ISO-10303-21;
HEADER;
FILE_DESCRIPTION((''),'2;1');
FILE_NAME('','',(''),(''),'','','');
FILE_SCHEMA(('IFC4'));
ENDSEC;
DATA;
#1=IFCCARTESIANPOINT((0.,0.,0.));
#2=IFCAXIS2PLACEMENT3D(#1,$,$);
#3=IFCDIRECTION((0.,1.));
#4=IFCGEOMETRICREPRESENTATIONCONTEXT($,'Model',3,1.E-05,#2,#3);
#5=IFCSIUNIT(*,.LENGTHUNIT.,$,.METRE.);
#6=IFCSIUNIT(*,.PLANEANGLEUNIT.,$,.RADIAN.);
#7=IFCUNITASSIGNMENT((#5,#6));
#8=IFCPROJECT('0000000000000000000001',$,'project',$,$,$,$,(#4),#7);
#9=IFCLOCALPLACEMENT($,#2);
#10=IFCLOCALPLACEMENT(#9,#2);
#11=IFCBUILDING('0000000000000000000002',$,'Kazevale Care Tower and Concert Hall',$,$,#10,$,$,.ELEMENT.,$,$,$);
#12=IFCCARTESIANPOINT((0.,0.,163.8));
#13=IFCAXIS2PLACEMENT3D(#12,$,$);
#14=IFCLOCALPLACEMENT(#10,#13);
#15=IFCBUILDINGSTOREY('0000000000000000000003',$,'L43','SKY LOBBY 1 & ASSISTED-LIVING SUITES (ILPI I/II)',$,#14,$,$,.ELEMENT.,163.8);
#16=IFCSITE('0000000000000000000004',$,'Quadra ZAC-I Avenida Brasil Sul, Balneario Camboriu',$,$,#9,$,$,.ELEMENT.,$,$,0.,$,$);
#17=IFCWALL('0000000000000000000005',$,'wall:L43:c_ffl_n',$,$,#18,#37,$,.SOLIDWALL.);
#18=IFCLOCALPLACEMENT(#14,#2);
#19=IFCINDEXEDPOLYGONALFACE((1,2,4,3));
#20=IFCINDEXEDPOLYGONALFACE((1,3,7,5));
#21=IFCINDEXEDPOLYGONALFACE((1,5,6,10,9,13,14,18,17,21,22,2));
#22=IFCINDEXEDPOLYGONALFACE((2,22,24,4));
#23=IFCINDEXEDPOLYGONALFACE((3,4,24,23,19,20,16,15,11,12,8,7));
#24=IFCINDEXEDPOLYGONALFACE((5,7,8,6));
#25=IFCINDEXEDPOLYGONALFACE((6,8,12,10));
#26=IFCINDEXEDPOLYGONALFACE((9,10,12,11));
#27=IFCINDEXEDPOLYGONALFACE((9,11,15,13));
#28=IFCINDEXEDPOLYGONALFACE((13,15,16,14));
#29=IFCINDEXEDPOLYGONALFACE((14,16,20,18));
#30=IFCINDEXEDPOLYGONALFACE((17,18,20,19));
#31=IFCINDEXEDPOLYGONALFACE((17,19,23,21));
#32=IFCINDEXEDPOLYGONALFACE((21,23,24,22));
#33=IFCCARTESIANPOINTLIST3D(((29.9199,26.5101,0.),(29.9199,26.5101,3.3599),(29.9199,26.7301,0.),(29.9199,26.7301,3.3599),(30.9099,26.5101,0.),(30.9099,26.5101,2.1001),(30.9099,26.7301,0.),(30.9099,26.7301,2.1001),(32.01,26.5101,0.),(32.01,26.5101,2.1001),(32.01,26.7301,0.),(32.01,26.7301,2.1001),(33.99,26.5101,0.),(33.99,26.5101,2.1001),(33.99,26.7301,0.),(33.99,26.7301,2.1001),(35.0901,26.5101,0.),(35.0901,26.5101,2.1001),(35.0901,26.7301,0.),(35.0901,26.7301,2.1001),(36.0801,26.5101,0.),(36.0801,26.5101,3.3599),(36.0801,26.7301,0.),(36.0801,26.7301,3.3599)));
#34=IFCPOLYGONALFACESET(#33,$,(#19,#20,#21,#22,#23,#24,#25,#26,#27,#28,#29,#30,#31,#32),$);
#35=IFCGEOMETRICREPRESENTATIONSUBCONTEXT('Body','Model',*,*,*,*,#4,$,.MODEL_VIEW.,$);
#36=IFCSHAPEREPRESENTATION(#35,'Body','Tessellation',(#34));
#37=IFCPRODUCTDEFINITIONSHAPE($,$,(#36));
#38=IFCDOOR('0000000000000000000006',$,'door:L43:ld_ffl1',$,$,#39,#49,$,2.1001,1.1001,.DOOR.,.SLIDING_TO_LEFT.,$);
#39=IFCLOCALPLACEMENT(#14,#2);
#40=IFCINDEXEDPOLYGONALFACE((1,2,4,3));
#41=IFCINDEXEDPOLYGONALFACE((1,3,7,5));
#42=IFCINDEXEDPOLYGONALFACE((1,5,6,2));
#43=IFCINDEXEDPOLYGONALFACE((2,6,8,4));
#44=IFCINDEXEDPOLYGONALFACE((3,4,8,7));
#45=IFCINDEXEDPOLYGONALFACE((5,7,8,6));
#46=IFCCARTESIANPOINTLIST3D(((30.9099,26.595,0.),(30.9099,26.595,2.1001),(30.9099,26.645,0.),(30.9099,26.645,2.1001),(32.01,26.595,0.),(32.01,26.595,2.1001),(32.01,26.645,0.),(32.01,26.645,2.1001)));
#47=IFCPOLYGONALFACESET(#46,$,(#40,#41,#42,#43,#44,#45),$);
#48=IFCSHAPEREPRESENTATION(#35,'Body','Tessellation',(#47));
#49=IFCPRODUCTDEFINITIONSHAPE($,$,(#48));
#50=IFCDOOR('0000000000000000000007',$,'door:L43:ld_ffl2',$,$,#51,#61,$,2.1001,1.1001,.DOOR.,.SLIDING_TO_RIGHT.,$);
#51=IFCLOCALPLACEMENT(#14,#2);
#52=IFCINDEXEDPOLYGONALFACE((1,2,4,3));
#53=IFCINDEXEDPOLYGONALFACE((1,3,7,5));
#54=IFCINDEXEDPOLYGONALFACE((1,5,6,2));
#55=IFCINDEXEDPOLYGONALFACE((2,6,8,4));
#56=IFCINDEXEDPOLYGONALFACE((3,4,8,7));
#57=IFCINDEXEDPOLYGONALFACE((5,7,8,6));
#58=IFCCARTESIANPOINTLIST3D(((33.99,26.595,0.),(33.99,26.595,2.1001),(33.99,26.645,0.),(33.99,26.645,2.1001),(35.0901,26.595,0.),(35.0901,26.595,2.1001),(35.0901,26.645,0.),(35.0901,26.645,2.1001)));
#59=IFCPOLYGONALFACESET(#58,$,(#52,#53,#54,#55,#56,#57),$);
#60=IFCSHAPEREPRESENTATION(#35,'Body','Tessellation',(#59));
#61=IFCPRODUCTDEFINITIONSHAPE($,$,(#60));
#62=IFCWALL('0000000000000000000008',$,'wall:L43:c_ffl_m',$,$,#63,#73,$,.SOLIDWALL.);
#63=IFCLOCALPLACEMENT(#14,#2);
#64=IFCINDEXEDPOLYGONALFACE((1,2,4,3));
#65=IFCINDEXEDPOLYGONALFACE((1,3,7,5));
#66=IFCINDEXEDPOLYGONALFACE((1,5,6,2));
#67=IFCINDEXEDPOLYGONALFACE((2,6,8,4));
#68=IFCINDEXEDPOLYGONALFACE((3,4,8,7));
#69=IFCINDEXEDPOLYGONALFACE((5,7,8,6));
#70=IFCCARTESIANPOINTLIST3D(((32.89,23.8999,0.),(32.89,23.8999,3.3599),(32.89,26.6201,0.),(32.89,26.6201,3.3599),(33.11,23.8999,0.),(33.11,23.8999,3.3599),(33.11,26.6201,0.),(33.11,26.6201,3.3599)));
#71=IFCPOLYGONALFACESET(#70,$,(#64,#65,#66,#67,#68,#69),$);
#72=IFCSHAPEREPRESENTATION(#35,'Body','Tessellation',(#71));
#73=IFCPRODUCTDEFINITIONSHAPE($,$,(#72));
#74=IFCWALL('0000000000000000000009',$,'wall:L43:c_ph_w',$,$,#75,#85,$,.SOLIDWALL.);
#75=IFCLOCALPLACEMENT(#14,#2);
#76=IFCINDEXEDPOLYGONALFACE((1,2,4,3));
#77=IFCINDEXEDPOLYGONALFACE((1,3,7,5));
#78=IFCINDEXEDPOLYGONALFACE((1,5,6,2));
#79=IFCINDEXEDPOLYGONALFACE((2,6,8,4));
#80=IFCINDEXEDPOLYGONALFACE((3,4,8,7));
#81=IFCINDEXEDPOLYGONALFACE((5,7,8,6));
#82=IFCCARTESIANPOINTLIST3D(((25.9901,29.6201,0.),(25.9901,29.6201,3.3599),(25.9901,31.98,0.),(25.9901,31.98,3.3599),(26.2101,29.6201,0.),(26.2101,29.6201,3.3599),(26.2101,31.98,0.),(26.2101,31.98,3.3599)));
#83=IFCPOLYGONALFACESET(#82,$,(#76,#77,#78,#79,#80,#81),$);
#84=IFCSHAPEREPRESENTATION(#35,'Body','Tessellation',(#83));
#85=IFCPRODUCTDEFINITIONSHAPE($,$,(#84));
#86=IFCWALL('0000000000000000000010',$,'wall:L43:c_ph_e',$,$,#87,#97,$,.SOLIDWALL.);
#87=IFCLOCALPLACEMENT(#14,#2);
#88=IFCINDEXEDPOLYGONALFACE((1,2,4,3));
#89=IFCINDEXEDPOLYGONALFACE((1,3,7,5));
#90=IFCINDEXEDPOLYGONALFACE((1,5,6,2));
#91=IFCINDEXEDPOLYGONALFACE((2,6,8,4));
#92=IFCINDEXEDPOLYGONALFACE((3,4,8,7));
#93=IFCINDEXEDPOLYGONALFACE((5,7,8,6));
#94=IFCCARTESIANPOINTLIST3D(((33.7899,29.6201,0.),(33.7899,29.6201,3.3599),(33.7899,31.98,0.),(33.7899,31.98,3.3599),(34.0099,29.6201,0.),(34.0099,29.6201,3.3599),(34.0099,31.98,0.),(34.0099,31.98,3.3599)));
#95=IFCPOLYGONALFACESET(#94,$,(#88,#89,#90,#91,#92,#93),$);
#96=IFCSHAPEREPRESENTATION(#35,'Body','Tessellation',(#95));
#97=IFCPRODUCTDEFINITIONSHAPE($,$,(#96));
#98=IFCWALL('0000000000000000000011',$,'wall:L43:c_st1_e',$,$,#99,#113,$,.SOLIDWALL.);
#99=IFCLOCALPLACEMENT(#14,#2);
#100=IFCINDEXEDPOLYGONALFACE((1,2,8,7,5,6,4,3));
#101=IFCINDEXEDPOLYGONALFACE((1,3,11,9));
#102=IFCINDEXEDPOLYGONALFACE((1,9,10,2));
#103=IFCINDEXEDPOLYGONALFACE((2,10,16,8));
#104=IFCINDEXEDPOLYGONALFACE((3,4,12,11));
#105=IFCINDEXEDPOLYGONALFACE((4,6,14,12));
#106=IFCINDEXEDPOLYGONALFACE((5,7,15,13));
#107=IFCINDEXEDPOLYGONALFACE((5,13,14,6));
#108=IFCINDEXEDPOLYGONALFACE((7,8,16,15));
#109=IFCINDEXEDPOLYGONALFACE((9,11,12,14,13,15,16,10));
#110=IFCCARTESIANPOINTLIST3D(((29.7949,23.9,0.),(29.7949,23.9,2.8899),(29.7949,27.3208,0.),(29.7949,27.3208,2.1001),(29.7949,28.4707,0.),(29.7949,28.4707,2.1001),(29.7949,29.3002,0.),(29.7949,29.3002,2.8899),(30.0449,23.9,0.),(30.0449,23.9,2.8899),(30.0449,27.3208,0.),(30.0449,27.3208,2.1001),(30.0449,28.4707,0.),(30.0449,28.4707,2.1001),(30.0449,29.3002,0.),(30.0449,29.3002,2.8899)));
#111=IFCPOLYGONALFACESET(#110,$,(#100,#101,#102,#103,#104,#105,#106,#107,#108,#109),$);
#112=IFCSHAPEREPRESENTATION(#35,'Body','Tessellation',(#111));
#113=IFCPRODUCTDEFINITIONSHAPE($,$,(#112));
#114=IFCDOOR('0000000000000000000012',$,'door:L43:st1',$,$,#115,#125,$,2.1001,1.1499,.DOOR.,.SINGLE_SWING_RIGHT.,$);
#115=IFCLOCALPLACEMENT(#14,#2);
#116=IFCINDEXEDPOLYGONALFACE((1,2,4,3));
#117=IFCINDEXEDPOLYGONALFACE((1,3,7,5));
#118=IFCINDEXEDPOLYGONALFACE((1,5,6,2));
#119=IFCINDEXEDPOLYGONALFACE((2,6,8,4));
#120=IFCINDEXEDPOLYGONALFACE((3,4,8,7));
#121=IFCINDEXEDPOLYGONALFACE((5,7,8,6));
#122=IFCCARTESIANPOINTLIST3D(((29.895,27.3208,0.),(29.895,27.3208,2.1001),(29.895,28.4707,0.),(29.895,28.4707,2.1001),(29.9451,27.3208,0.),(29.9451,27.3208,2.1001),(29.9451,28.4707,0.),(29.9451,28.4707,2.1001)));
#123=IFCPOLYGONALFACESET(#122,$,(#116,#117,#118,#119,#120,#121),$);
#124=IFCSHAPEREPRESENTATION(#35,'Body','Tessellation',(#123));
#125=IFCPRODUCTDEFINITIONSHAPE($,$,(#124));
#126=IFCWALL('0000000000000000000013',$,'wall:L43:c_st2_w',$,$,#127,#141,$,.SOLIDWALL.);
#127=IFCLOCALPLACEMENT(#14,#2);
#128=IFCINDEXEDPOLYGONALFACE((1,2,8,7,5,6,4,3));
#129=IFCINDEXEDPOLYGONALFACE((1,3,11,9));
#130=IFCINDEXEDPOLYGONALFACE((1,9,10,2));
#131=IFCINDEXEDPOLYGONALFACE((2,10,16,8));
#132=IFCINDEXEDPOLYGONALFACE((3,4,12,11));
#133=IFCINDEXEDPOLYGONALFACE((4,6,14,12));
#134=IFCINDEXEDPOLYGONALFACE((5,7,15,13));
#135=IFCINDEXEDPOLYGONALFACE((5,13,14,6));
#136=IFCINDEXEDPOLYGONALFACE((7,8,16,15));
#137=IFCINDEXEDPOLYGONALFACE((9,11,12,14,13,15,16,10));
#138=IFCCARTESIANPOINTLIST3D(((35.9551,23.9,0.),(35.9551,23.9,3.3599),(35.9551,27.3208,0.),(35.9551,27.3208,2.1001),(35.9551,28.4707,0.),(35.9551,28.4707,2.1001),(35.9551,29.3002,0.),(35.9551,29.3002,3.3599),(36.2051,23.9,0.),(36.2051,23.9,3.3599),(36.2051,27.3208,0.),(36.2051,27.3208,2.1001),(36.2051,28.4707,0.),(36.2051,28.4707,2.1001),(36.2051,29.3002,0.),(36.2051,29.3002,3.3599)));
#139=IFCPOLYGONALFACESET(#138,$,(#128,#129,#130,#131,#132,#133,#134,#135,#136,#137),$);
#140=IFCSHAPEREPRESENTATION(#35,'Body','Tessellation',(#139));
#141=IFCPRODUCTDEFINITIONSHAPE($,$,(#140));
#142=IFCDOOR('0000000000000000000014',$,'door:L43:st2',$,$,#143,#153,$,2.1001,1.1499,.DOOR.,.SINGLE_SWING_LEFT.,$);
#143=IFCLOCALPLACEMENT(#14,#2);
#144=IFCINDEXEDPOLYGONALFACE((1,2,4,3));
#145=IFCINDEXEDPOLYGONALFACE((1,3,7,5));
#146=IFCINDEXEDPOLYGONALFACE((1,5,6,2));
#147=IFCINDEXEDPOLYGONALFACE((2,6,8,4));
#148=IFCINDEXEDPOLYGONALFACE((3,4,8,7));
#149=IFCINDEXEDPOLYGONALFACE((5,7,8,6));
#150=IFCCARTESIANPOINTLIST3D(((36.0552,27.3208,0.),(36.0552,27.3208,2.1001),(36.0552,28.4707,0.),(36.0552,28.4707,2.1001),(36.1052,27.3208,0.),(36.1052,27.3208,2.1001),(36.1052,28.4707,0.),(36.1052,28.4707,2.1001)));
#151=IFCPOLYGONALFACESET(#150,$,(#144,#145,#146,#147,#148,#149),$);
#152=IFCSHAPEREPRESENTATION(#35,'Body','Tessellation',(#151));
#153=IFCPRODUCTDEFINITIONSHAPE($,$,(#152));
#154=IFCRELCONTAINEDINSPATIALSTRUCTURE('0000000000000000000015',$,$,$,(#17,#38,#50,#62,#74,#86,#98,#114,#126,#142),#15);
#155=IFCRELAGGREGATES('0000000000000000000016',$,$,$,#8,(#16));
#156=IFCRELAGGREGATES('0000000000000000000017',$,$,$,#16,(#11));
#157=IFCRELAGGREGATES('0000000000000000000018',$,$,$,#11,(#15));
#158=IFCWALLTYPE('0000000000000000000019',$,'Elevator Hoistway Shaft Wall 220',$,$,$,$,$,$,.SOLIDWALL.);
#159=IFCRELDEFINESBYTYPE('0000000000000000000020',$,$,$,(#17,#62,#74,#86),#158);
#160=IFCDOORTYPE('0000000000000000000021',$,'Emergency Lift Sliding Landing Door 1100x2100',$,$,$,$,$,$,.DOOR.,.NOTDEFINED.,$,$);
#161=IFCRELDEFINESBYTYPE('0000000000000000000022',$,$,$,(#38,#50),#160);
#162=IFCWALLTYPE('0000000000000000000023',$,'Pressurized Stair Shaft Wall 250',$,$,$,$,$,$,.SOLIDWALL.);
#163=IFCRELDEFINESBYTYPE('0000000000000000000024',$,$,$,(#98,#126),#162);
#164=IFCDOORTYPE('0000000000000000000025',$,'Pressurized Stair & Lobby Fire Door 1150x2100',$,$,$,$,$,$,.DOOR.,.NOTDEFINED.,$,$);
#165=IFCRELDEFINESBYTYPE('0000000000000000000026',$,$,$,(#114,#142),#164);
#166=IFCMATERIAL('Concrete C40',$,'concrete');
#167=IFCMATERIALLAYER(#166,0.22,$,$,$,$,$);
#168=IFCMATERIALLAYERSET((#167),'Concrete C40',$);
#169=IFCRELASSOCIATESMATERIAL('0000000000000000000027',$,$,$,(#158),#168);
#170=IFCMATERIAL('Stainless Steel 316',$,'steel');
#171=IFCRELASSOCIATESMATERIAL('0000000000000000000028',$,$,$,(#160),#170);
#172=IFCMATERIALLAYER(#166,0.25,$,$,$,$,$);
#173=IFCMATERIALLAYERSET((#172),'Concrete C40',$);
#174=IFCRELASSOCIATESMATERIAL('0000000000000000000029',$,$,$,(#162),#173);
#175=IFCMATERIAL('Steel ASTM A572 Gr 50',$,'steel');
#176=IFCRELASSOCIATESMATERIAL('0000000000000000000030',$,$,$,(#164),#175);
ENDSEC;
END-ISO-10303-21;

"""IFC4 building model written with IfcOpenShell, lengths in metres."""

from ifc_helpers import new_model, si_unit, direction, frame, frame_2d, origin, place, context, subcontext, project, spatial, rectangle, extrude, material, layer, layer_set, type_object, element, fill, save


model = new_model("IFC4")

# Units and contexts
model_context = context("Model", 3, precision=1e-05, world=origin(), true_north=direction((0.0, 1.0)))
body_context = subcontext(model_context, "Body", "Model", "MODEL_VIEW")
ifc_project = project(units=[si_unit("LENGTHUNIT", "METRE"), si_unit("PLANEANGLEUNIT", "RADIAN")], contexts=[model_context])

# Site, building, storey
site_placement = place(None, origin())
site = spatial("IfcSite", under=ifc_project, at=site_placement, Name="Quadra ZAC-I Avenida Brasil Sul, Balneario Camboriu", CompositionType="ELEMENT", RefElevation=0.0)
building_placement = place(site_placement, origin())
building = spatial("IfcBuilding", under=site, at=building_placement, Name="Kazevale Care Tower and Concert Hall", CompositionType="ELEMENT")
storey_placement = place(building_placement, frame((0.0, 0.0, 163.8)))
storey = spatial("IfcBuildingStorey", under=building, at=storey_placement, Name="L43", Description="SKY LOBBY 1 & ASSISTED-LIVING SUITES (ILPI I/II)", CompositionType="ELEMENT", Elevation=163.8)

# Shared definitions
ifc_material_1 = material(Name="Steel ASTM A572 Gr 50", Category="steel")

# Wall, openings, doors
ifc_material_2 = material(Name="Concrete C40", Category="concrete")
ifc_layer_1 = layer(ifc_material_2, 0.22)
ifc_layer_set_1 = layer_set([ifc_layer_1], Name="Concrete C40")
wall_type_1 = type_object("IfcWallType", Name="Elevator Hoistway Shaft Wall 220", PredefinedType="SOLIDWALL", material=ifc_layer_set_1)
wall_1_placement = place(storey_placement, frame((29.9199, 26.6201, 0.0), z_axis=(0.0, 0.0, 1.0), x_axis=(1.0, 0.0, 0.0)))
wall_1 = element("IfcWall", 1, at=wall_1_placement, inside=storey, type_object=wall_type_1, Name="wall:L43:c_ffl_n", PredefinedType="SOLIDWALL", context=body_context, shape_type="SweptSolid", body=[
    extrude(rectangle(XDim=6.1602, YDim=0.22, at=frame_2d((3.0801, 0.0))), origin(), (0.0, 0.0, 1.0), 3.3599),
])
opening_1_placement = place(wall_1_placement, frame((0.99, 0.0, 0.0)))
opening_1 = element("IfcOpeningElement", 2, at=opening_1_placement, cuts=wall_1, PredefinedType="OPENING", context=body_context, shape_type="SweptSolid", body=[
    extrude(rectangle(XDim=1.1001, YDim=2.1001, at=frame_2d((0.55, 1.05))), frame((0.0, 0.1199, 0.0), z_axis=(0.0, -1.0, 0.0), x_axis=(1.0, 0.0, 0.0)), (0.0, 0.0, 1.0), 0.24),
])
opening_2_placement = place(wall_1_placement, frame((4.0701, 0.0, 0.0)))
opening_2 = element("IfcOpeningElement", 3, at=opening_2_placement, cuts=wall_1, PredefinedType="OPENING", context=body_context, shape_type="SweptSolid", body=[
    extrude(rectangle(XDim=1.1001, YDim=2.1001, at=frame_2d((0.55, 1.05))), frame((0.0, 0.1199, 0.0), z_axis=(0.0, -1.0, 0.0), x_axis=(1.0, 0.0, 0.0)), (0.0, 0.0, 1.0), 0.24),
])
ifc_material_3 = material(Name="Stainless Steel 316", Category="steel")
door_type_1 = type_object("IfcDoorType", Name="Emergency Lift Sliding Landing Door 1100x2100", OperationType="NOTDEFINED", PredefinedType="DOOR", material=ifc_material_3)
door_1_placement = place(opening_1_placement, origin())
door_1 = element("IfcDoor", 4, at=door_1_placement, inside=storey, type_object=door_type_1, Name="door:L43:ld_ffl1", OperationType="SLIDING_TO_LEFT", OverallHeight=2.1001, OverallWidth=1.1001, PredefinedType="DOOR", context=body_context, shape_type="SweptSolid", body=[
    extrude(rectangle(XDim=1.1001, YDim=2.1001, at=frame_2d((0.55, 1.05))), frame((0.0, 0.0249, 0.0), z_axis=(0.0, -1.0, 0.0), x_axis=(1.0, 0.0, 0.0)), (0.0, 0.0, 1.0), 0.05),
])
fill(opening_1, door_1)
door_2_placement = place(opening_2_placement, origin())
door_2 = element("IfcDoor", 5, at=door_2_placement, inside=storey, type_object=door_type_1, Name="door:L43:ld_ffl2", OperationType="SLIDING_TO_RIGHT", OverallHeight=2.1001, OverallWidth=1.1001, PredefinedType="DOOR", context=body_context, shape_type="SweptSolid", body=[
    extrude(rectangle(XDim=1.1001, YDim=2.1001, at=frame_2d((0.55, 1.05))), frame((0.0, 0.0249, 0.0), z_axis=(0.0, -1.0, 0.0), x_axis=(1.0, 0.0, 0.0)), (0.0, 0.0, 1.0), 0.05),
])
fill(opening_2, door_2)

# Walls
wall_2_placement = place(storey_placement, frame((33.0, 23.8999, 0.0), z_axis=(0.0, 0.0, 1.0), x_axis=(0.0, 1.0, 0.0)))
element("IfcWall", 6, at=wall_2_placement, inside=storey, type_object=wall_type_1, Name="wall:L43:c_ffl_m", PredefinedType="SOLIDWALL", context=body_context, shape_type="SweptSolid", body=[
    extrude(rectangle(XDim=2.7202, YDim=0.22, at=frame_2d((1.3601, 0.0))), origin(), (0.0, 0.0, 1.0), 3.3599),
])
for number, where, z_axis, x_axis, name in (
    (7, (26.1001, 29.6201, 0.0), (0.0, 0.0, 1.0), (0.0, 1.0, 0.0), "wall:L43:c_ph_w"),
    (8, (33.8999, 29.6201, 0.0), (0.0, 0.0, 1.0), (0.0, 1.0, 0.0), "wall:L43:c_ph_e"),
):
    element("IfcWall", number, at=place(storey_placement, frame(where, z_axis=z_axis, x_axis=x_axis)), inside=storey, type_object=wall_type_1, Name=name, PredefinedType="SOLIDWALL", context=body_context, shape_type="SweptSolid", body=[
        extrude(rectangle(XDim=2.3599, YDim=0.22, at=frame_2d((1.1799, 0.0))), origin(), (0.0, 0.0, 1.0), 3.3599),
    ])

# Walls, openings, doors
ifc_layer_2 = layer(ifc_material_2, 0.25)
ifc_layer_set_2 = layer_set([ifc_layer_2], Name="Concrete C40")
wall_type_2 = type_object("IfcWallType", Name="Pressurized Stair Shaft Wall 250", PredefinedType="SOLIDWALL", material=ifc_layer_set_2)
wall_3_placement = place(storey_placement, frame((29.9199, 23.8999, 0.0), z_axis=(0.0, 0.0, 1.0), x_axis=(0.0, 1.0, 0.0)))
wall_3 = element("IfcWall", 9, at=wall_3_placement, inside=storey, type_object=wall_type_2, Name="wall:L43:c_st1_e", PredefinedType="SOLIDWALL", context=body_context, shape_type="SweptSolid", body=[
    extrude(rectangle(XDim=5.4001, YDim=0.25, at=frame_2d((2.7002, 0.0))), origin(), (0.0, 0.0, 1.0), 2.8899),
])
opening_3_placement = place(wall_3_placement, frame((3.4209, 0.0, 0.0)))
opening_3 = element("IfcOpeningElement", 10, at=opening_3_placement, cuts=wall_3, PredefinedType="OPENING", context=body_context, shape_type="SweptSolid", body=[
    extrude(rectangle(XDim=1.1499, YDim=2.1001, at=frame_2d((0.575, 1.05))), frame((0.0, 0.135, 0.0), z_axis=(0.0, -1.0, 0.0), x_axis=(1.0, 0.0, 0.0)), (0.0, 0.0, 1.0), 0.27),
])
door_type_2 = type_object("IfcDoorType", Name="Pressurized Stair & Lobby Fire Door 1150x2100", OperationType="NOTDEFINED", PredefinedType="DOOR", material=ifc_material_1)
door_3_placement = place(opening_3_placement, origin())
door_3 = element("IfcDoor", 11, at=door_3_placement, inside=storey, type_object=door_type_2, Name="door:L43:st1", OperationType="SINGLE_SWING_RIGHT", OverallHeight=2.1001, OverallWidth=1.1499, PredefinedType="DOOR", context=body_context, shape_type="SweptSolid", body=[
    extrude(rectangle(XDim=1.1499, YDim=2.1001, at=frame_2d((0.575, 1.05))), frame((0.0, 0.0249, 0.0), z_axis=(0.0, -1.0, 0.0), x_axis=(1.0, 0.0, 0.0)), (0.0, 0.0, 1.0), 0.05),
])
fill(opening_3, door_3)
wall_4_placement = place(storey_placement, frame((36.0801, 23.8999, 0.0), z_axis=(0.0, 0.0, 1.0), x_axis=(0.0, 1.0, 0.0)))
wall_4 = element("IfcWall", 12, at=wall_4_placement, inside=storey, type_object=wall_type_2, Name="wall:L43:c_st2_w", PredefinedType="SOLIDWALL", context=body_context, shape_type="SweptSolid", body=[
    extrude(rectangle(XDim=5.4001, YDim=0.25, at=frame_2d((2.7002, 0.0))), origin(), (0.0, 0.0, 1.0), 3.3599),
])
opening_4_placement = place(wall_4_placement, frame((3.4209, 0.0, 0.0)))
opening_4 = element("IfcOpeningElement", 13, at=opening_4_placement, cuts=wall_4, PredefinedType="OPENING", context=body_context, shape_type="SweptSolid", body=[
    extrude(rectangle(XDim=1.1499, YDim=2.1001, at=frame_2d((0.575, 1.05))), frame((0.0, 0.135, 0.0), z_axis=(0.0, -1.0, 0.0), x_axis=(1.0, 0.0, 0.0)), (0.0, 0.0, 1.0), 0.27),
])
door_4_placement = place(opening_4_placement, origin())
door_4 = element("IfcDoor", 14, at=door_4_placement, inside=storey, type_object=door_type_2, Name="door:L43:st2", OperationType="SINGLE_SWING_LEFT", OverallHeight=2.1001, OverallWidth=1.1499, PredefinedType="DOOR", context=body_context, shape_type="SweptSolid", body=[
    extrude(rectangle(XDim=1.1499, YDim=2.1001, at=frame_2d((0.575, 1.05))), frame((0.0, 0.0249, 0.0), z_axis=(0.0, -1.0, 0.0), x_axis=(1.0, 0.0, 0.0)), (0.0, 0.0, 1.0), 0.05),
])
fill(opening_4, door_4)

save(model, "model.ifc")
